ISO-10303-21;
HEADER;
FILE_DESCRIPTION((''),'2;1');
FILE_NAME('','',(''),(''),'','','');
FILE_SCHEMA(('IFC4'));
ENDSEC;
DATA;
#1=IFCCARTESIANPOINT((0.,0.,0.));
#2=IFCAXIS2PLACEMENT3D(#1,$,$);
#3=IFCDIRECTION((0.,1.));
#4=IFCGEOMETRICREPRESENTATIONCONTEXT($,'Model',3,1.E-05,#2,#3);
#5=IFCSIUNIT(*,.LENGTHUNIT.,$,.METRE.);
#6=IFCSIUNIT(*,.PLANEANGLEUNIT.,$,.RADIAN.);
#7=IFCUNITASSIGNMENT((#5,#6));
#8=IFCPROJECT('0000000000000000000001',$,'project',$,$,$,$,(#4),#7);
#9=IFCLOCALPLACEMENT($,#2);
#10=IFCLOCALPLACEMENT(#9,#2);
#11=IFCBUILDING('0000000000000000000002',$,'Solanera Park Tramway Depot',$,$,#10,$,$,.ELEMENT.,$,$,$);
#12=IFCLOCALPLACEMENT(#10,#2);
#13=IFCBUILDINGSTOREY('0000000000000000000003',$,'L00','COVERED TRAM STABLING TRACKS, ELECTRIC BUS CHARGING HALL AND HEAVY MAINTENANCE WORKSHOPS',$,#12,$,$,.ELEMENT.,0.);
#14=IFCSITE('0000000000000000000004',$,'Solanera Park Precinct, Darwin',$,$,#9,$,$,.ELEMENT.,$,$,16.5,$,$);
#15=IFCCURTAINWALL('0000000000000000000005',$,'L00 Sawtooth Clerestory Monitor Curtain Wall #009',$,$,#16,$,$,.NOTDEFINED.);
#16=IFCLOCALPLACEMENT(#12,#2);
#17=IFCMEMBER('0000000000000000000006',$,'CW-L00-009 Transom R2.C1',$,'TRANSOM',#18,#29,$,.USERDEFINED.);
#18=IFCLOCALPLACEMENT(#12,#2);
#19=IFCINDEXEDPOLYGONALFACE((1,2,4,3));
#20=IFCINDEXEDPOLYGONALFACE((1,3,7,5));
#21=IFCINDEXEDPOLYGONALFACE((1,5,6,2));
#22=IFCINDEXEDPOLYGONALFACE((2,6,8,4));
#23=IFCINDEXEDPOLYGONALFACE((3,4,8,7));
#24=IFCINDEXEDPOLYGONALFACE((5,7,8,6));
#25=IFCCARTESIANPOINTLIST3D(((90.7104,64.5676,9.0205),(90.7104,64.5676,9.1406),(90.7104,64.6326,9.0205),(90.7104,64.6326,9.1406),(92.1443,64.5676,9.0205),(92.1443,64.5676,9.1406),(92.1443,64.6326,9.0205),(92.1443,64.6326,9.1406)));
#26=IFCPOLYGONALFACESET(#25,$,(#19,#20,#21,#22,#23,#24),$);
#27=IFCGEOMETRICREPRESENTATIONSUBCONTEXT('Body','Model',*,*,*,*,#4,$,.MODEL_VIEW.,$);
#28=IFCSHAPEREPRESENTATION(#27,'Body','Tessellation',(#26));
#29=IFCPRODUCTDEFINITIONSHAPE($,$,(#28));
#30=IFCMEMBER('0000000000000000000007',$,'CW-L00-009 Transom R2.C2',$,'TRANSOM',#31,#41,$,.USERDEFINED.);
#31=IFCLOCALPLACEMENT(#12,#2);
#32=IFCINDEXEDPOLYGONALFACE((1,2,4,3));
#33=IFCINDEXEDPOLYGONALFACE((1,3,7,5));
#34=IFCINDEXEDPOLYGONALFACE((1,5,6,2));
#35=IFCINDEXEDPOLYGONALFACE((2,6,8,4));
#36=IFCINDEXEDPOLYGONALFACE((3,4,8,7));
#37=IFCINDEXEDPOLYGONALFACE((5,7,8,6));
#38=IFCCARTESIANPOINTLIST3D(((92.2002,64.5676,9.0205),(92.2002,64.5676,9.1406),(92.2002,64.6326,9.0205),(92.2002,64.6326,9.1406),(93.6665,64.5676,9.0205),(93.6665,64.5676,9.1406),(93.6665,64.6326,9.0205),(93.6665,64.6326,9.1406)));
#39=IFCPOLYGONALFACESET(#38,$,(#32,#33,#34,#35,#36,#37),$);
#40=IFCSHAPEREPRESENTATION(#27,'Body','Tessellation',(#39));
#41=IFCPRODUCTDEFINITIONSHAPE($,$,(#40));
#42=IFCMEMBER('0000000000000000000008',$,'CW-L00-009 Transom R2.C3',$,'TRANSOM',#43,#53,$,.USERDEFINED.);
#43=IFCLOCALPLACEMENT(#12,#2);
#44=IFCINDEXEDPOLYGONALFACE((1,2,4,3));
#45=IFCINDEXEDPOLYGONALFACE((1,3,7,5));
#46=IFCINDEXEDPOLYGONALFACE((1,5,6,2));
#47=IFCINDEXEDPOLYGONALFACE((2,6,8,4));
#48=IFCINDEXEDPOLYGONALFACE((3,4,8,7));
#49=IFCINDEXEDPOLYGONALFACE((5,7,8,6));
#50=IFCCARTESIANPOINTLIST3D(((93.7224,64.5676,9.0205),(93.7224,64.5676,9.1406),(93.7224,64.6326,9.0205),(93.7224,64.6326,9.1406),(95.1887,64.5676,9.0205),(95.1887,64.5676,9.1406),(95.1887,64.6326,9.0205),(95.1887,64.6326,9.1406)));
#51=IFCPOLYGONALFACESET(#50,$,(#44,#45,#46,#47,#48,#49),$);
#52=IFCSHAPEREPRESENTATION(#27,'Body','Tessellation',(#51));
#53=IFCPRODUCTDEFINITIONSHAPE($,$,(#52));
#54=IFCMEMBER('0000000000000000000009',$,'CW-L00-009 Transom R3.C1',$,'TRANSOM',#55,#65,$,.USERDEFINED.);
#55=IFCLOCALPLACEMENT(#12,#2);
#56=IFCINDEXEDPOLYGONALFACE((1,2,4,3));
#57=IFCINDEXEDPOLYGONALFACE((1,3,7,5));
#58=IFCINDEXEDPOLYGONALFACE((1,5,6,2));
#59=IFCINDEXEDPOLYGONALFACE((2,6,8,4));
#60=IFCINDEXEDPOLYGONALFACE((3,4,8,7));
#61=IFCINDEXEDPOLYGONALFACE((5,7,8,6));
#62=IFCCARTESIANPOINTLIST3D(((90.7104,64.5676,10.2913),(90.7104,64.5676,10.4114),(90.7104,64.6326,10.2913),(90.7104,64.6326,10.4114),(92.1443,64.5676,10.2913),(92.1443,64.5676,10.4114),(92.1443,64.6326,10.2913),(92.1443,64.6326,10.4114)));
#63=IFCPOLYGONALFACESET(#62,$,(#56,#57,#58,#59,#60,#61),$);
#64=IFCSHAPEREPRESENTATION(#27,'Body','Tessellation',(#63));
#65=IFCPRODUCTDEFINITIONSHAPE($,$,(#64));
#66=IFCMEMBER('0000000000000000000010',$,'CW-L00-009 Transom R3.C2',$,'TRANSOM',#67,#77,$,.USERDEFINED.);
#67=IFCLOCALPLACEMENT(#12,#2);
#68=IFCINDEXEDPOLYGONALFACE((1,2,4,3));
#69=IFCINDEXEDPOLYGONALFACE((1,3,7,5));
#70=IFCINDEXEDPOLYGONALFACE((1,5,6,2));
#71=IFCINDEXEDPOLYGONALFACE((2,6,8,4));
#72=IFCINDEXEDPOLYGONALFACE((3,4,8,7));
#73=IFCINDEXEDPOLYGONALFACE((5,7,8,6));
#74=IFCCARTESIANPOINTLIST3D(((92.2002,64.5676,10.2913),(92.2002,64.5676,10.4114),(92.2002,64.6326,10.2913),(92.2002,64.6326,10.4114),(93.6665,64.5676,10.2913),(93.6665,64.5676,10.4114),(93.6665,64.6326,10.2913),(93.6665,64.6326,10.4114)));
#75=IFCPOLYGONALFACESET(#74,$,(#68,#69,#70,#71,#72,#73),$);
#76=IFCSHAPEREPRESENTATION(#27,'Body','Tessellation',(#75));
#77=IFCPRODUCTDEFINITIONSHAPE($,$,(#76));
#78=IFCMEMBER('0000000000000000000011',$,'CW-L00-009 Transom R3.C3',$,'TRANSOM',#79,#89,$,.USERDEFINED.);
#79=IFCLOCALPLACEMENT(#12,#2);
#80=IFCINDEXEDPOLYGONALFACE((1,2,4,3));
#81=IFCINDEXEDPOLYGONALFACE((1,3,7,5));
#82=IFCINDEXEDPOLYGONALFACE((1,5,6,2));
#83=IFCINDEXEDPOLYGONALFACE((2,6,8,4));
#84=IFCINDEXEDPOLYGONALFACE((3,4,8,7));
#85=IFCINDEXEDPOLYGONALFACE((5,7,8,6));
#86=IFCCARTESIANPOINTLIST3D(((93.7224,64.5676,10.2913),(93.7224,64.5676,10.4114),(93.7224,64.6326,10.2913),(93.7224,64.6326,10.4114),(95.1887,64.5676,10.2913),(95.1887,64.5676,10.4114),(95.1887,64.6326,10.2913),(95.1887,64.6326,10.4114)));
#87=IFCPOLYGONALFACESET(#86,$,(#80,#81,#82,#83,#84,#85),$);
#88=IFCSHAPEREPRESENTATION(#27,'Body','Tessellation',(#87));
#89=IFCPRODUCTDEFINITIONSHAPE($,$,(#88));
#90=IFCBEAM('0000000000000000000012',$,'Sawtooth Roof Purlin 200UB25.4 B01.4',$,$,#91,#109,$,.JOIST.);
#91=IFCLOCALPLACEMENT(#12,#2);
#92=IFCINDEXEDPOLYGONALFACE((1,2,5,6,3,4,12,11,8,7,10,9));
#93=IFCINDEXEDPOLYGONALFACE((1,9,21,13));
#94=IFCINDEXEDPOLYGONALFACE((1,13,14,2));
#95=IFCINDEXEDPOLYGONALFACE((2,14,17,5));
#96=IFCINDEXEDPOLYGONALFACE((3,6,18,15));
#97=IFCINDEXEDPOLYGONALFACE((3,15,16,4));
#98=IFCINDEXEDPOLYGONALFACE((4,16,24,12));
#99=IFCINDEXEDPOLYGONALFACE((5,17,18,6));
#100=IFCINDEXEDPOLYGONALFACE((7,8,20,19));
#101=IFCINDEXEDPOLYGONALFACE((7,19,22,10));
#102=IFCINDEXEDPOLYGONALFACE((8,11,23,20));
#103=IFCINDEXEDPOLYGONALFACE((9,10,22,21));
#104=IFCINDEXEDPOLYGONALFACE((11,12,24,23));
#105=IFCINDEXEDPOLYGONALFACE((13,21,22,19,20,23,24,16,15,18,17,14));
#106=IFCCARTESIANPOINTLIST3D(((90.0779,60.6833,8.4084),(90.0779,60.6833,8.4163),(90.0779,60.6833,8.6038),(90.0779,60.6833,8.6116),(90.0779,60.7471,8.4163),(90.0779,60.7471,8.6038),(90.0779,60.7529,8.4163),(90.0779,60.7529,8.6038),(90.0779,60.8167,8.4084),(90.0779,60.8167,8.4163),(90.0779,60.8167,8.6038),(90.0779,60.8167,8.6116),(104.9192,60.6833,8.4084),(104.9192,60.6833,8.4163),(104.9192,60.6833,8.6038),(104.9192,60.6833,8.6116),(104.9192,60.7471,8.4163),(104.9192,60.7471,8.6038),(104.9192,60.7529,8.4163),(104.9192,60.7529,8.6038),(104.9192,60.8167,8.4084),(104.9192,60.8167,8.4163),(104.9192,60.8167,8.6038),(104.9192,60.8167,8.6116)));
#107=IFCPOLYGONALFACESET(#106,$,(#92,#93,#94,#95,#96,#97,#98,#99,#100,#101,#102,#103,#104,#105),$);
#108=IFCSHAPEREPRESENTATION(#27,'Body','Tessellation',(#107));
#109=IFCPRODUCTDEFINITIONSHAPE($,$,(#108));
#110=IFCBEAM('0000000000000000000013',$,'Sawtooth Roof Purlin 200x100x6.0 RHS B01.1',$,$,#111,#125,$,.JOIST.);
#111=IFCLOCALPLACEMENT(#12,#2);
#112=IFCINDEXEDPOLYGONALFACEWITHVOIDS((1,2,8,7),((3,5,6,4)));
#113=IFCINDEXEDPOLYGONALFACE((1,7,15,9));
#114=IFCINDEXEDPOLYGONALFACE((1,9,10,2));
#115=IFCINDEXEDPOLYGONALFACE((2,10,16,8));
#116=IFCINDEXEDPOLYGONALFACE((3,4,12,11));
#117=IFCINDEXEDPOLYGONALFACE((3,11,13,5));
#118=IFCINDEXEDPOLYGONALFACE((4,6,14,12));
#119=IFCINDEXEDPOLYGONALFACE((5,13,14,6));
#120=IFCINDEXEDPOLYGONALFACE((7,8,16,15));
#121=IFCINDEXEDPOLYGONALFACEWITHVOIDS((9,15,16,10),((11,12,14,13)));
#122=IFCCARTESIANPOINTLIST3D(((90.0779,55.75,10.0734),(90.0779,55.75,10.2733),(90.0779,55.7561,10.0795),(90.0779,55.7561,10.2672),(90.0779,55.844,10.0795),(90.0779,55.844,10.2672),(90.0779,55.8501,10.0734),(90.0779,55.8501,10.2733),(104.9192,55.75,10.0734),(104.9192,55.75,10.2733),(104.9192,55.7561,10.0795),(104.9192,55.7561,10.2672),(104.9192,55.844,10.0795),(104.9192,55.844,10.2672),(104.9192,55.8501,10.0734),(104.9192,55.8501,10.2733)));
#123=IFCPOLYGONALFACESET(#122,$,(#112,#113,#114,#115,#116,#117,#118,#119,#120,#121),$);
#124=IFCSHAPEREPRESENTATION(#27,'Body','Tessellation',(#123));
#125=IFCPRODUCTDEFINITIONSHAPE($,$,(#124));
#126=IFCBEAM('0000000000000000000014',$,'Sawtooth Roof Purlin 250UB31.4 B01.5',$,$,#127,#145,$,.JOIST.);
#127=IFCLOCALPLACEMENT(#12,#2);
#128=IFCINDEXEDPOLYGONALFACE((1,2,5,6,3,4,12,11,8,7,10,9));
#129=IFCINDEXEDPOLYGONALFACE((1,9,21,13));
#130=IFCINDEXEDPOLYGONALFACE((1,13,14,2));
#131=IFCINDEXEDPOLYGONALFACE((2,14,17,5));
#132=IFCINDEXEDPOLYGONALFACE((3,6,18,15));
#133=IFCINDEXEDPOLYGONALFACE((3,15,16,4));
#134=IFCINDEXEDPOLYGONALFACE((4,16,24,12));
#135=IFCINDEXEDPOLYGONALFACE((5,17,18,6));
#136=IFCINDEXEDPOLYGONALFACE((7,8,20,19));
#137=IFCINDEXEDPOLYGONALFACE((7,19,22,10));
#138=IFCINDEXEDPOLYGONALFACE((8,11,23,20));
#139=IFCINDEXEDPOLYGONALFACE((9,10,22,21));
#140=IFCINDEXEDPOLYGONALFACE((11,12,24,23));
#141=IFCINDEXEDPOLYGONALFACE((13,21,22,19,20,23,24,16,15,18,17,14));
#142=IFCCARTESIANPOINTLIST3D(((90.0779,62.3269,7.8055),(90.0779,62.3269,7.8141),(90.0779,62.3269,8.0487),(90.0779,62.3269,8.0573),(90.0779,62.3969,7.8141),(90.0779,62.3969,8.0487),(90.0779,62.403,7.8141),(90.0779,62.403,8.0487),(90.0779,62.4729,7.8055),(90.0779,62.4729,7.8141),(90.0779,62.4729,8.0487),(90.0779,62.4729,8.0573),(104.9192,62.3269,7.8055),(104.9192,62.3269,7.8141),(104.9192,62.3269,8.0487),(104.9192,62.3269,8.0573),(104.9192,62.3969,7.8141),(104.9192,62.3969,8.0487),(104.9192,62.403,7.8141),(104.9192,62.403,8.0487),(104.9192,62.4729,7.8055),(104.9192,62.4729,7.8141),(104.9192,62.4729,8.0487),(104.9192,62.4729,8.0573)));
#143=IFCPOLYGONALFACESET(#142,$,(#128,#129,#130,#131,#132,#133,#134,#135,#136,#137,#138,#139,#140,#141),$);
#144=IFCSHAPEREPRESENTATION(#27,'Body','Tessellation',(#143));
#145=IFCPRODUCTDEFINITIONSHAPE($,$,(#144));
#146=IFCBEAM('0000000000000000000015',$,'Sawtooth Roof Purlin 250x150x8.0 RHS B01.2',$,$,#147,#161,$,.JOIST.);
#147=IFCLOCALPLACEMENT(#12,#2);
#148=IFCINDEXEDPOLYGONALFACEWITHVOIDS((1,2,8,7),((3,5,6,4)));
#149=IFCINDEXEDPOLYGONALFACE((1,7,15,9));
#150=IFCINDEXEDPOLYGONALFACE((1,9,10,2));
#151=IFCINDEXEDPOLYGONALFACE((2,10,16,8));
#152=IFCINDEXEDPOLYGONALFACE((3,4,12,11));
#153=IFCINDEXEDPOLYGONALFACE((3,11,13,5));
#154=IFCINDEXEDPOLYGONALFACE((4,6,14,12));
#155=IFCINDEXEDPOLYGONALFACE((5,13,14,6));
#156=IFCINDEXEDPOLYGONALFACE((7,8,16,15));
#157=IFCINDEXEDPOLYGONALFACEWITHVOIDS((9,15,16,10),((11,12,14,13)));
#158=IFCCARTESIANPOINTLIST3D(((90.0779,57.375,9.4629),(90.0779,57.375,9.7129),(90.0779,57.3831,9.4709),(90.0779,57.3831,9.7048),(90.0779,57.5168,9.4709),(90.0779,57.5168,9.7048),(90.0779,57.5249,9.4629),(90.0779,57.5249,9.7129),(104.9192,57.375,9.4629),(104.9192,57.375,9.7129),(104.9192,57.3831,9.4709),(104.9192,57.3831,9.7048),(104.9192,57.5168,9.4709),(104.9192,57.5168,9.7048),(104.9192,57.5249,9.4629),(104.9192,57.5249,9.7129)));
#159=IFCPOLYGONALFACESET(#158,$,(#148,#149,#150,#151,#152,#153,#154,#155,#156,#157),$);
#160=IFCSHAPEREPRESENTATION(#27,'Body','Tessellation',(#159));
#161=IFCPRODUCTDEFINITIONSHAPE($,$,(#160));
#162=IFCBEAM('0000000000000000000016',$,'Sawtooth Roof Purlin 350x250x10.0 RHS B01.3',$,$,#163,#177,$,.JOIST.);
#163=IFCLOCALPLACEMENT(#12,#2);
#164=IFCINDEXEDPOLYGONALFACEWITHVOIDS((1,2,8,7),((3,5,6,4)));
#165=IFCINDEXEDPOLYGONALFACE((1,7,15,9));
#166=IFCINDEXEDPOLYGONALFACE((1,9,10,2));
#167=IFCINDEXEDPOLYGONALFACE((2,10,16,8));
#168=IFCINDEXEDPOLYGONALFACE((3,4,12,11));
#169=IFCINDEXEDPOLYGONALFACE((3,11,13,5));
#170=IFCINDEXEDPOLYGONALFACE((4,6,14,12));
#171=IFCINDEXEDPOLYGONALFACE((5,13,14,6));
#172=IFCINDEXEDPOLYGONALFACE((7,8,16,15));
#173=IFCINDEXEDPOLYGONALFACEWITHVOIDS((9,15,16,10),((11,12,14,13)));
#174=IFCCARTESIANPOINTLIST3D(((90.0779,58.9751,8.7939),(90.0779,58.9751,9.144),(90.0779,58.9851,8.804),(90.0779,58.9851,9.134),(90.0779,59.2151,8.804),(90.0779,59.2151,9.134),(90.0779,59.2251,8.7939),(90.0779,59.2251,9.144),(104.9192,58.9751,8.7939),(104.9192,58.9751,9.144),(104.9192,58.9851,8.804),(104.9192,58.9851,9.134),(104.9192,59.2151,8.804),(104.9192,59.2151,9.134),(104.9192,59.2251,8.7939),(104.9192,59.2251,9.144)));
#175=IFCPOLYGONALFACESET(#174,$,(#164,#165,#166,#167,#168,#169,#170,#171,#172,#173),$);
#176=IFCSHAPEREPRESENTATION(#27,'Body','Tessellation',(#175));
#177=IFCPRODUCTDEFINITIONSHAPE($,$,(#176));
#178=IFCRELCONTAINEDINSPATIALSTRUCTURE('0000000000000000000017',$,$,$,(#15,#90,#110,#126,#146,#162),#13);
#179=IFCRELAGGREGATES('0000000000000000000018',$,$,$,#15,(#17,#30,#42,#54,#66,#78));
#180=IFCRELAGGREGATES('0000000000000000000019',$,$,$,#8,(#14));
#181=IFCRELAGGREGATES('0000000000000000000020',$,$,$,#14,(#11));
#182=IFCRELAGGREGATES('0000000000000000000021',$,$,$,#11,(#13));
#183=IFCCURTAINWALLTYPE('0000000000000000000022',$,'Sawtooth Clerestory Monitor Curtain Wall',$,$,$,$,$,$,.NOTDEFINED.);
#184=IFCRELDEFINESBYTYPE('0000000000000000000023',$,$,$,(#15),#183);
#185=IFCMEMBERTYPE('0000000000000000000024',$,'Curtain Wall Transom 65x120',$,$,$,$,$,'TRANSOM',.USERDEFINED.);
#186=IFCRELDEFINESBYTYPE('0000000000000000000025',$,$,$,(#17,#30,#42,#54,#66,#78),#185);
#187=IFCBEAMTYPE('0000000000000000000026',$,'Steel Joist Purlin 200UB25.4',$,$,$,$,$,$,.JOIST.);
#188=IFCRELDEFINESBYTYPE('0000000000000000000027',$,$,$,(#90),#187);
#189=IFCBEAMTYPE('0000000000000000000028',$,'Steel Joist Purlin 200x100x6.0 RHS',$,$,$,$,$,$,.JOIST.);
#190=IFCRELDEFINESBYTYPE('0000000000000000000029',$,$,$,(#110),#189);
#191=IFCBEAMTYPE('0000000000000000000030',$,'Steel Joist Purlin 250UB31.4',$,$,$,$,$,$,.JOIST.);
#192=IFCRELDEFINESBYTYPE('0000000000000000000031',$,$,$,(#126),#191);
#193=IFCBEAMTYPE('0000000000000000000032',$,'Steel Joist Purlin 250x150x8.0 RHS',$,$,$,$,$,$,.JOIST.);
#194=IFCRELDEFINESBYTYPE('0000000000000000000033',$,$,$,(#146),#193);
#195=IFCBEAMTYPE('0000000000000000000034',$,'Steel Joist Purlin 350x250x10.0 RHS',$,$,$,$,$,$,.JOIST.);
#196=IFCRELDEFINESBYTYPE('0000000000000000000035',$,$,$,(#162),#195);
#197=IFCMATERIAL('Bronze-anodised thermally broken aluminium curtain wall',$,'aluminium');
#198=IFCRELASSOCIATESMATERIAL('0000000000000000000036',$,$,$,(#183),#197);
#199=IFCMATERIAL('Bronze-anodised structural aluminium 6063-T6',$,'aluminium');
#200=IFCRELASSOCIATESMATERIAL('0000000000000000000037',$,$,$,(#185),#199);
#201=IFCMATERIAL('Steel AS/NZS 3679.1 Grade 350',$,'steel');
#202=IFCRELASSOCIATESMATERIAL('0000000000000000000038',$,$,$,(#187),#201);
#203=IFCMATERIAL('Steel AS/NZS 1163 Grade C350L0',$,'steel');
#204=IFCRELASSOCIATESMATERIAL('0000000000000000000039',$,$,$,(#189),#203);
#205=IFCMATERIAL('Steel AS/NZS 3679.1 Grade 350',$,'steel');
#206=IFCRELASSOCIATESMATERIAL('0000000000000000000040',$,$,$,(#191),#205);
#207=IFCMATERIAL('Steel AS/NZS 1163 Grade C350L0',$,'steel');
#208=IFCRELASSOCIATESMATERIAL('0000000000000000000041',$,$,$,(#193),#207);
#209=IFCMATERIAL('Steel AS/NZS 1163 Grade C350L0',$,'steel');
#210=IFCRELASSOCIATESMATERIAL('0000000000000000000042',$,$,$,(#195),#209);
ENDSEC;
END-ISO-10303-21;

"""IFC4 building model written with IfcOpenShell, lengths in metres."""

from ifc_helpers import new_model, si_unit, direction, frame, origin, origin_2d, place, context, subcontext, project, spatial, rectangle, hollow_rectangle, i_section, extrude, material, material_profile, profile_set, type_object, element, aggregate, save


model = new_model("IFC4")

# Units and contexts
model_context = context("Model", 3, precision=1e-05, world=origin(), true_north=direction((0.0, 1.0)))
body_context = subcontext(model_context, "Body", "Model", "MODEL_VIEW")
ifc_project = project(units=[si_unit("LENGTHUNIT", "METRE"), si_unit("PLANEANGLEUNIT", "RADIAN")], contexts=[model_context])

# Site, building, storey
site_placement = place(None, origin())
site = spatial("IfcSite", under=ifc_project, at=site_placement, Name="Solanera Park Precinct, Darwin", CompositionType="ELEMENT", RefElevation=16.5)
building_placement = place(site_placement, origin())
building = spatial("IfcBuilding", under=site, at=building_placement, Name="Solanera Park Tramway Depot", CompositionType="ELEMENT")
storey_placement = place(building_placement, origin())
storey = spatial("IfcBuildingStorey", under=building, at=storey_placement, Name="L00", Description="COVERED TRAM STABLING TRACKS, ELECTRIC BUS CHARGING HALL AND HEAVY MAINTENANCE WORKSHOPS", CompositionType="ELEMENT", Elevation=0.0)

# Curtain wall, members
ifc_material_1 = material(Name="Bronze-anodised thermally broken aluminium curtain wall", Category="aluminium")
curtain_wall_type = type_object("IfcCurtainWallType", Name="Sawtooth Clerestory Monitor Curtain Wall", PredefinedType="NOTDEFINED", material=ifc_material_1)
curtain_wall_placement = place(storey_placement, origin())
curtain_wall = element("IfcCurtainWall", 1, at=curtain_wall_placement, inside=storey, type_object=curtain_wall_type, Name="L00 Sawtooth Clerestory Monitor Curtain Wall #009", PredefinedType="NOTDEFINED")
ifc_material_2 = material(Name="Bronze-anodised structural aluminium 6063-T6", Category="aluminium")
ifc_material_profile_1 = material_profile(ifc_material_2, rectangle(XDim=0.0649, YDim=0.1201, at=origin_2d()), Name="Curtain Wall Transom 65x120")
ifc_profile_set_1 = profile_set([ifc_material_profile_1], Name="Bronze-anodised structural aluminium 6063-T6")
member_type = type_object("IfcMemberType", Name="Curtain Wall Transom 65x120", ElementType="TRANSOM", PredefinedType="USERDEFINED", material=ifc_profile_set_1)
member_1_placement = place(storey_placement, frame((90.7104, 64.6001, 9.0806), z_axis=(1.0, 0.0, 0.0), x_axis=(0.0, 1.0, 0.0)))
member_1 = element("IfcMember", 2, at=member_1_placement, type_object=member_type, Name="CW-L00-009 Transom R2.C1", ObjectType="TRANSOM", PredefinedType="USERDEFINED", context=body_context, shape_type="SweptSolid", body=[
    extrude(rectangle(XDim=0.0649, YDim=0.1201, at=origin_2d()), origin(), (0.0, 0.0, 1.0), 1.4338),
])
member_2_placement = place(storey_placement, frame((92.2002, 64.6001, 9.0806), z_axis=(1.0, 0.0, 0.0), x_axis=(0.0, 1.0, 0.0)))
member_2 = element("IfcMember", 3, at=member_2_placement, type_object=member_type, Name="CW-L00-009 Transom R2.C2", ObjectType="TRANSOM", PredefinedType="USERDEFINED", context=body_context, shape_type="SweptSolid", body=[
    extrude(rectangle(XDim=0.0649, YDim=0.1201, at=origin_2d()), origin(), (0.0, 0.0, 1.0), 1.4663),
])
member_3_placement = place(storey_placement, frame((93.7224, 64.6001, 9.0806), z_axis=(1.0, 0.0, 0.0), x_axis=(0.0, 1.0, 0.0)))
member_3 = element("IfcMember", 4, at=member_3_placement, type_object=member_type, Name="CW-L00-009 Transom R2.C3", ObjectType="TRANSOM", PredefinedType="USERDEFINED", context=body_context, shape_type="SweptSolid", body=[
    extrude(rectangle(XDim=0.0649, YDim=0.1201, at=origin_2d()), origin(), (0.0, 0.0, 1.0), 1.4663),
])
member_4_placement = place(storey_placement, frame((90.7104, 64.6001, 10.3513), z_axis=(1.0, 0.0, 0.0), x_axis=(0.0, 1.0, 0.0)))
member_4 = element("IfcMember", 5, at=member_4_placement, type_object=member_type, Name="CW-L00-009 Transom R3.C1", ObjectType="TRANSOM", PredefinedType="USERDEFINED", context=body_context, shape_type="SweptSolid", body=[
    extrude(rectangle(XDim=0.0649, YDim=0.1201, at=origin_2d()), origin(), (0.0, 0.0, 1.0), 1.4338),
])
member_5_placement = place(storey_placement, frame((92.2002, 64.6001, 10.3513), z_axis=(1.0, 0.0, 0.0), x_axis=(0.0, 1.0, 0.0)))
member_5 = element("IfcMember", 6, at=member_5_placement, type_object=member_type, Name="CW-L00-009 Transom R3.C2", ObjectType="TRANSOM", PredefinedType="USERDEFINED", context=body_context, shape_type="SweptSolid", body=[
    extrude(rectangle(XDim=0.0649, YDim=0.1201, at=origin_2d()), origin(), (0.0, 0.0, 1.0), 1.4663),
])
member_6_placement = place(storey_placement, frame((93.7224, 64.6001, 10.3513), z_axis=(1.0, 0.0, 0.0), x_axis=(0.0, 1.0, 0.0)))
member_6 = element("IfcMember", 7, at=member_6_placement, type_object=member_type, Name="CW-L00-009 Transom R3.C3", ObjectType="TRANSOM", PredefinedType="USERDEFINED", context=body_context, shape_type="SweptSolid", body=[
    extrude(rectangle(XDim=0.0649, YDim=0.1201, at=origin_2d()), origin(), (0.0, 0.0, 1.0), 1.4663),
])

# Beams
ifc_material_3 = material(Name="Steel AS/NZS 3679.1 Grade 350", Category="steel")
ifc_material_profile_2 = material_profile(ifc_material_3, i_section(OverallWidth=0.1333, OverallDepth=0.2031, WebThickness=0.0059, FlangeThickness=0.0078, at=origin_2d()), Name="200UB25.4")
ifc_profile_set_2 = profile_set([ifc_material_profile_2], Name="Steel AS/NZS 3679.1 Grade 350")
beam_type_1 = type_object("IfcBeamType", Name="Steel Joist Purlin 200UB25.4", PredefinedType="JOIST", material=ifc_profile_set_2)
beam_1_placement = place(storey_placement, frame((90.0779, 60.75, 8.51), z_axis=(1.0, 0.0, 0.0), x_axis=(0.0, 1.0, 0.0)))
element("IfcBeam", 8, at=beam_1_placement, inside=storey, type_object=beam_type_1, Name="Sawtooth Roof Purlin 200UB25.4 B01.4", PredefinedType="JOIST", context=body_context, shape_type="SweptSolid", body=[
    extrude(i_section(OverallWidth=0.1333, OverallDepth=0.2031, WebThickness=0.0059, FlangeThickness=0.0078, at=origin_2d()), origin(), (0.0, 0.0, 1.0), 14.8413),
])
ifc_material_4 = material(Name="Steel AS/NZS 1163 Grade C350L0", Category="steel")
ifc_material_profile_3 = material_profile(ifc_material_4, hollow_rectangle(XDim=0.1001, YDim=0.2, WallThickness=0.0061, at=origin_2d()), Name="200x100x6.0 RHS")
ifc_profile_set_3 = profile_set([ifc_material_profile_3], Name="Steel AS/NZS 1163 Grade C350L0")
beam_type_2 = type_object("IfcBeamType", Name="Steel Joist Purlin 200x100x6.0 RHS", PredefinedType="JOIST", material=ifc_profile_set_3)
beam_2_placement = place(storey_placement, frame((90.0779, 55.8, 10.1733), z_axis=(1.0, 0.0, 0.0), x_axis=(0.0, 1.0, 0.0)))
element("IfcBeam", 9, at=beam_2_placement, inside=storey, type_object=beam_type_2, Name="Sawtooth Roof Purlin 200x100x6.0 RHS B01.1", PredefinedType="JOIST", context=body_context, shape_type="SweptSolid", body=[
    extrude(hollow_rectangle(XDim=0.1001, YDim=0.2, WallThickness=0.0061, at=origin_2d()), origin(), (0.0, 0.0, 1.0), 14.8413),
])
ifc_material_5 = material(Name="Steel AS/NZS 3679.1 Grade 350", Category="steel")
ifc_material_profile_4 = material_profile(ifc_material_5, i_section(OverallWidth=0.146, OverallDepth=0.2517, WebThickness=0.0061, FlangeThickness=0.0085, at=origin_2d()), Name="250UB31.4")
ifc_profile_set_4 = profile_set([ifc_material_profile_4], Name="Steel AS/NZS 3679.1 Grade 350")
beam_type_3 = type_object("IfcBeamType", Name="Steel Joist Purlin 250UB31.4", PredefinedType="JOIST", material=ifc_profile_set_4)
beam_3_placement = place(storey_placement, frame((90.0779, 62.3999, 7.9314), z_axis=(1.0, 0.0, 0.0), x_axis=(0.0, 1.0, 0.0)))
element("IfcBeam", 10, at=beam_3_placement, inside=storey, type_object=beam_type_3, Name="Sawtooth Roof Purlin 250UB31.4 B01.5", PredefinedType="JOIST", context=body_context, shape_type="SweptSolid", body=[
    extrude(i_section(OverallWidth=0.146, OverallDepth=0.2517, WebThickness=0.0061, FlangeThickness=0.0085, at=origin_2d()), origin(), (0.0, 0.0, 1.0), 14.8413),
])
ifc_material_6 = material(Name="Steel AS/NZS 1163 Grade C350L0", Category="steel")
ifc_material_profile_5 = material_profile(ifc_material_6, hollow_rectangle(XDim=0.1499, YDim=0.25, WallThickness=0.0081, at=origin_2d()), Name="250x150x8.0 RHS")
ifc_profile_set_5 = profile_set([ifc_material_profile_5], Name="Steel AS/NZS 1163 Grade C350L0")
beam_type_4 = type_object("IfcBeamType", Name="Steel Joist Purlin 250x150x8.0 RHS", PredefinedType="JOIST", material=ifc_profile_set_5)
beam_4_placement = place(storey_placement, frame((90.0779, 57.45, 9.5879), z_axis=(1.0, 0.0, 0.0), x_axis=(0.0, 1.0, 0.0)))
element("IfcBeam", 11, at=beam_4_placement, inside=storey, type_object=beam_type_4, Name="Sawtooth Roof Purlin 250x150x8.0 RHS B01.2", PredefinedType="JOIST", context=body_context, shape_type="SweptSolid", body=[
    extrude(hollow_rectangle(XDim=0.1499, YDim=0.25, WallThickness=0.0081, at=origin_2d()), origin(), (0.0, 0.0, 1.0), 14.8413),
])
ifc_material_7 = material(Name="Steel AS/NZS 1163 Grade C350L0", Category="steel")
ifc_material_profile_6 = material_profile(ifc_material_7, hollow_rectangle(XDim=0.25, YDim=0.3501, WallThickness=0.01, at=origin_2d()), Name="350x250x10.0 RHS")
ifc_profile_set_6 = profile_set([ifc_material_profile_6], Name="Steel AS/NZS 1163 Grade C350L0")
beam_type_5 = type_object("IfcBeamType", Name="Steel Joist Purlin 350x250x10.0 RHS", PredefinedType="JOIST", material=ifc_profile_set_6)
beam_5_placement = place(storey_placement, frame((90.0779, 59.1001, 8.969), z_axis=(1.0, 0.0, 0.0), x_axis=(0.0, 1.0, 0.0)))
element("IfcBeam", 12, at=beam_5_placement, inside=storey, type_object=beam_type_5, Name="Sawtooth Roof Purlin 350x250x10.0 RHS B01.3", PredefinedType="JOIST", context=body_context, shape_type="SweptSolid", body=[
    extrude(hollow_rectangle(XDim=0.25, YDim=0.3501, WallThickness=0.01, at=origin_2d()), origin(), (0.0, 0.0, 1.0), 14.8413),
])

aggregate(curtain_wall, [member_1, member_2, member_3, member_4, member_5, member_6])

save(model, "model.ifc")
